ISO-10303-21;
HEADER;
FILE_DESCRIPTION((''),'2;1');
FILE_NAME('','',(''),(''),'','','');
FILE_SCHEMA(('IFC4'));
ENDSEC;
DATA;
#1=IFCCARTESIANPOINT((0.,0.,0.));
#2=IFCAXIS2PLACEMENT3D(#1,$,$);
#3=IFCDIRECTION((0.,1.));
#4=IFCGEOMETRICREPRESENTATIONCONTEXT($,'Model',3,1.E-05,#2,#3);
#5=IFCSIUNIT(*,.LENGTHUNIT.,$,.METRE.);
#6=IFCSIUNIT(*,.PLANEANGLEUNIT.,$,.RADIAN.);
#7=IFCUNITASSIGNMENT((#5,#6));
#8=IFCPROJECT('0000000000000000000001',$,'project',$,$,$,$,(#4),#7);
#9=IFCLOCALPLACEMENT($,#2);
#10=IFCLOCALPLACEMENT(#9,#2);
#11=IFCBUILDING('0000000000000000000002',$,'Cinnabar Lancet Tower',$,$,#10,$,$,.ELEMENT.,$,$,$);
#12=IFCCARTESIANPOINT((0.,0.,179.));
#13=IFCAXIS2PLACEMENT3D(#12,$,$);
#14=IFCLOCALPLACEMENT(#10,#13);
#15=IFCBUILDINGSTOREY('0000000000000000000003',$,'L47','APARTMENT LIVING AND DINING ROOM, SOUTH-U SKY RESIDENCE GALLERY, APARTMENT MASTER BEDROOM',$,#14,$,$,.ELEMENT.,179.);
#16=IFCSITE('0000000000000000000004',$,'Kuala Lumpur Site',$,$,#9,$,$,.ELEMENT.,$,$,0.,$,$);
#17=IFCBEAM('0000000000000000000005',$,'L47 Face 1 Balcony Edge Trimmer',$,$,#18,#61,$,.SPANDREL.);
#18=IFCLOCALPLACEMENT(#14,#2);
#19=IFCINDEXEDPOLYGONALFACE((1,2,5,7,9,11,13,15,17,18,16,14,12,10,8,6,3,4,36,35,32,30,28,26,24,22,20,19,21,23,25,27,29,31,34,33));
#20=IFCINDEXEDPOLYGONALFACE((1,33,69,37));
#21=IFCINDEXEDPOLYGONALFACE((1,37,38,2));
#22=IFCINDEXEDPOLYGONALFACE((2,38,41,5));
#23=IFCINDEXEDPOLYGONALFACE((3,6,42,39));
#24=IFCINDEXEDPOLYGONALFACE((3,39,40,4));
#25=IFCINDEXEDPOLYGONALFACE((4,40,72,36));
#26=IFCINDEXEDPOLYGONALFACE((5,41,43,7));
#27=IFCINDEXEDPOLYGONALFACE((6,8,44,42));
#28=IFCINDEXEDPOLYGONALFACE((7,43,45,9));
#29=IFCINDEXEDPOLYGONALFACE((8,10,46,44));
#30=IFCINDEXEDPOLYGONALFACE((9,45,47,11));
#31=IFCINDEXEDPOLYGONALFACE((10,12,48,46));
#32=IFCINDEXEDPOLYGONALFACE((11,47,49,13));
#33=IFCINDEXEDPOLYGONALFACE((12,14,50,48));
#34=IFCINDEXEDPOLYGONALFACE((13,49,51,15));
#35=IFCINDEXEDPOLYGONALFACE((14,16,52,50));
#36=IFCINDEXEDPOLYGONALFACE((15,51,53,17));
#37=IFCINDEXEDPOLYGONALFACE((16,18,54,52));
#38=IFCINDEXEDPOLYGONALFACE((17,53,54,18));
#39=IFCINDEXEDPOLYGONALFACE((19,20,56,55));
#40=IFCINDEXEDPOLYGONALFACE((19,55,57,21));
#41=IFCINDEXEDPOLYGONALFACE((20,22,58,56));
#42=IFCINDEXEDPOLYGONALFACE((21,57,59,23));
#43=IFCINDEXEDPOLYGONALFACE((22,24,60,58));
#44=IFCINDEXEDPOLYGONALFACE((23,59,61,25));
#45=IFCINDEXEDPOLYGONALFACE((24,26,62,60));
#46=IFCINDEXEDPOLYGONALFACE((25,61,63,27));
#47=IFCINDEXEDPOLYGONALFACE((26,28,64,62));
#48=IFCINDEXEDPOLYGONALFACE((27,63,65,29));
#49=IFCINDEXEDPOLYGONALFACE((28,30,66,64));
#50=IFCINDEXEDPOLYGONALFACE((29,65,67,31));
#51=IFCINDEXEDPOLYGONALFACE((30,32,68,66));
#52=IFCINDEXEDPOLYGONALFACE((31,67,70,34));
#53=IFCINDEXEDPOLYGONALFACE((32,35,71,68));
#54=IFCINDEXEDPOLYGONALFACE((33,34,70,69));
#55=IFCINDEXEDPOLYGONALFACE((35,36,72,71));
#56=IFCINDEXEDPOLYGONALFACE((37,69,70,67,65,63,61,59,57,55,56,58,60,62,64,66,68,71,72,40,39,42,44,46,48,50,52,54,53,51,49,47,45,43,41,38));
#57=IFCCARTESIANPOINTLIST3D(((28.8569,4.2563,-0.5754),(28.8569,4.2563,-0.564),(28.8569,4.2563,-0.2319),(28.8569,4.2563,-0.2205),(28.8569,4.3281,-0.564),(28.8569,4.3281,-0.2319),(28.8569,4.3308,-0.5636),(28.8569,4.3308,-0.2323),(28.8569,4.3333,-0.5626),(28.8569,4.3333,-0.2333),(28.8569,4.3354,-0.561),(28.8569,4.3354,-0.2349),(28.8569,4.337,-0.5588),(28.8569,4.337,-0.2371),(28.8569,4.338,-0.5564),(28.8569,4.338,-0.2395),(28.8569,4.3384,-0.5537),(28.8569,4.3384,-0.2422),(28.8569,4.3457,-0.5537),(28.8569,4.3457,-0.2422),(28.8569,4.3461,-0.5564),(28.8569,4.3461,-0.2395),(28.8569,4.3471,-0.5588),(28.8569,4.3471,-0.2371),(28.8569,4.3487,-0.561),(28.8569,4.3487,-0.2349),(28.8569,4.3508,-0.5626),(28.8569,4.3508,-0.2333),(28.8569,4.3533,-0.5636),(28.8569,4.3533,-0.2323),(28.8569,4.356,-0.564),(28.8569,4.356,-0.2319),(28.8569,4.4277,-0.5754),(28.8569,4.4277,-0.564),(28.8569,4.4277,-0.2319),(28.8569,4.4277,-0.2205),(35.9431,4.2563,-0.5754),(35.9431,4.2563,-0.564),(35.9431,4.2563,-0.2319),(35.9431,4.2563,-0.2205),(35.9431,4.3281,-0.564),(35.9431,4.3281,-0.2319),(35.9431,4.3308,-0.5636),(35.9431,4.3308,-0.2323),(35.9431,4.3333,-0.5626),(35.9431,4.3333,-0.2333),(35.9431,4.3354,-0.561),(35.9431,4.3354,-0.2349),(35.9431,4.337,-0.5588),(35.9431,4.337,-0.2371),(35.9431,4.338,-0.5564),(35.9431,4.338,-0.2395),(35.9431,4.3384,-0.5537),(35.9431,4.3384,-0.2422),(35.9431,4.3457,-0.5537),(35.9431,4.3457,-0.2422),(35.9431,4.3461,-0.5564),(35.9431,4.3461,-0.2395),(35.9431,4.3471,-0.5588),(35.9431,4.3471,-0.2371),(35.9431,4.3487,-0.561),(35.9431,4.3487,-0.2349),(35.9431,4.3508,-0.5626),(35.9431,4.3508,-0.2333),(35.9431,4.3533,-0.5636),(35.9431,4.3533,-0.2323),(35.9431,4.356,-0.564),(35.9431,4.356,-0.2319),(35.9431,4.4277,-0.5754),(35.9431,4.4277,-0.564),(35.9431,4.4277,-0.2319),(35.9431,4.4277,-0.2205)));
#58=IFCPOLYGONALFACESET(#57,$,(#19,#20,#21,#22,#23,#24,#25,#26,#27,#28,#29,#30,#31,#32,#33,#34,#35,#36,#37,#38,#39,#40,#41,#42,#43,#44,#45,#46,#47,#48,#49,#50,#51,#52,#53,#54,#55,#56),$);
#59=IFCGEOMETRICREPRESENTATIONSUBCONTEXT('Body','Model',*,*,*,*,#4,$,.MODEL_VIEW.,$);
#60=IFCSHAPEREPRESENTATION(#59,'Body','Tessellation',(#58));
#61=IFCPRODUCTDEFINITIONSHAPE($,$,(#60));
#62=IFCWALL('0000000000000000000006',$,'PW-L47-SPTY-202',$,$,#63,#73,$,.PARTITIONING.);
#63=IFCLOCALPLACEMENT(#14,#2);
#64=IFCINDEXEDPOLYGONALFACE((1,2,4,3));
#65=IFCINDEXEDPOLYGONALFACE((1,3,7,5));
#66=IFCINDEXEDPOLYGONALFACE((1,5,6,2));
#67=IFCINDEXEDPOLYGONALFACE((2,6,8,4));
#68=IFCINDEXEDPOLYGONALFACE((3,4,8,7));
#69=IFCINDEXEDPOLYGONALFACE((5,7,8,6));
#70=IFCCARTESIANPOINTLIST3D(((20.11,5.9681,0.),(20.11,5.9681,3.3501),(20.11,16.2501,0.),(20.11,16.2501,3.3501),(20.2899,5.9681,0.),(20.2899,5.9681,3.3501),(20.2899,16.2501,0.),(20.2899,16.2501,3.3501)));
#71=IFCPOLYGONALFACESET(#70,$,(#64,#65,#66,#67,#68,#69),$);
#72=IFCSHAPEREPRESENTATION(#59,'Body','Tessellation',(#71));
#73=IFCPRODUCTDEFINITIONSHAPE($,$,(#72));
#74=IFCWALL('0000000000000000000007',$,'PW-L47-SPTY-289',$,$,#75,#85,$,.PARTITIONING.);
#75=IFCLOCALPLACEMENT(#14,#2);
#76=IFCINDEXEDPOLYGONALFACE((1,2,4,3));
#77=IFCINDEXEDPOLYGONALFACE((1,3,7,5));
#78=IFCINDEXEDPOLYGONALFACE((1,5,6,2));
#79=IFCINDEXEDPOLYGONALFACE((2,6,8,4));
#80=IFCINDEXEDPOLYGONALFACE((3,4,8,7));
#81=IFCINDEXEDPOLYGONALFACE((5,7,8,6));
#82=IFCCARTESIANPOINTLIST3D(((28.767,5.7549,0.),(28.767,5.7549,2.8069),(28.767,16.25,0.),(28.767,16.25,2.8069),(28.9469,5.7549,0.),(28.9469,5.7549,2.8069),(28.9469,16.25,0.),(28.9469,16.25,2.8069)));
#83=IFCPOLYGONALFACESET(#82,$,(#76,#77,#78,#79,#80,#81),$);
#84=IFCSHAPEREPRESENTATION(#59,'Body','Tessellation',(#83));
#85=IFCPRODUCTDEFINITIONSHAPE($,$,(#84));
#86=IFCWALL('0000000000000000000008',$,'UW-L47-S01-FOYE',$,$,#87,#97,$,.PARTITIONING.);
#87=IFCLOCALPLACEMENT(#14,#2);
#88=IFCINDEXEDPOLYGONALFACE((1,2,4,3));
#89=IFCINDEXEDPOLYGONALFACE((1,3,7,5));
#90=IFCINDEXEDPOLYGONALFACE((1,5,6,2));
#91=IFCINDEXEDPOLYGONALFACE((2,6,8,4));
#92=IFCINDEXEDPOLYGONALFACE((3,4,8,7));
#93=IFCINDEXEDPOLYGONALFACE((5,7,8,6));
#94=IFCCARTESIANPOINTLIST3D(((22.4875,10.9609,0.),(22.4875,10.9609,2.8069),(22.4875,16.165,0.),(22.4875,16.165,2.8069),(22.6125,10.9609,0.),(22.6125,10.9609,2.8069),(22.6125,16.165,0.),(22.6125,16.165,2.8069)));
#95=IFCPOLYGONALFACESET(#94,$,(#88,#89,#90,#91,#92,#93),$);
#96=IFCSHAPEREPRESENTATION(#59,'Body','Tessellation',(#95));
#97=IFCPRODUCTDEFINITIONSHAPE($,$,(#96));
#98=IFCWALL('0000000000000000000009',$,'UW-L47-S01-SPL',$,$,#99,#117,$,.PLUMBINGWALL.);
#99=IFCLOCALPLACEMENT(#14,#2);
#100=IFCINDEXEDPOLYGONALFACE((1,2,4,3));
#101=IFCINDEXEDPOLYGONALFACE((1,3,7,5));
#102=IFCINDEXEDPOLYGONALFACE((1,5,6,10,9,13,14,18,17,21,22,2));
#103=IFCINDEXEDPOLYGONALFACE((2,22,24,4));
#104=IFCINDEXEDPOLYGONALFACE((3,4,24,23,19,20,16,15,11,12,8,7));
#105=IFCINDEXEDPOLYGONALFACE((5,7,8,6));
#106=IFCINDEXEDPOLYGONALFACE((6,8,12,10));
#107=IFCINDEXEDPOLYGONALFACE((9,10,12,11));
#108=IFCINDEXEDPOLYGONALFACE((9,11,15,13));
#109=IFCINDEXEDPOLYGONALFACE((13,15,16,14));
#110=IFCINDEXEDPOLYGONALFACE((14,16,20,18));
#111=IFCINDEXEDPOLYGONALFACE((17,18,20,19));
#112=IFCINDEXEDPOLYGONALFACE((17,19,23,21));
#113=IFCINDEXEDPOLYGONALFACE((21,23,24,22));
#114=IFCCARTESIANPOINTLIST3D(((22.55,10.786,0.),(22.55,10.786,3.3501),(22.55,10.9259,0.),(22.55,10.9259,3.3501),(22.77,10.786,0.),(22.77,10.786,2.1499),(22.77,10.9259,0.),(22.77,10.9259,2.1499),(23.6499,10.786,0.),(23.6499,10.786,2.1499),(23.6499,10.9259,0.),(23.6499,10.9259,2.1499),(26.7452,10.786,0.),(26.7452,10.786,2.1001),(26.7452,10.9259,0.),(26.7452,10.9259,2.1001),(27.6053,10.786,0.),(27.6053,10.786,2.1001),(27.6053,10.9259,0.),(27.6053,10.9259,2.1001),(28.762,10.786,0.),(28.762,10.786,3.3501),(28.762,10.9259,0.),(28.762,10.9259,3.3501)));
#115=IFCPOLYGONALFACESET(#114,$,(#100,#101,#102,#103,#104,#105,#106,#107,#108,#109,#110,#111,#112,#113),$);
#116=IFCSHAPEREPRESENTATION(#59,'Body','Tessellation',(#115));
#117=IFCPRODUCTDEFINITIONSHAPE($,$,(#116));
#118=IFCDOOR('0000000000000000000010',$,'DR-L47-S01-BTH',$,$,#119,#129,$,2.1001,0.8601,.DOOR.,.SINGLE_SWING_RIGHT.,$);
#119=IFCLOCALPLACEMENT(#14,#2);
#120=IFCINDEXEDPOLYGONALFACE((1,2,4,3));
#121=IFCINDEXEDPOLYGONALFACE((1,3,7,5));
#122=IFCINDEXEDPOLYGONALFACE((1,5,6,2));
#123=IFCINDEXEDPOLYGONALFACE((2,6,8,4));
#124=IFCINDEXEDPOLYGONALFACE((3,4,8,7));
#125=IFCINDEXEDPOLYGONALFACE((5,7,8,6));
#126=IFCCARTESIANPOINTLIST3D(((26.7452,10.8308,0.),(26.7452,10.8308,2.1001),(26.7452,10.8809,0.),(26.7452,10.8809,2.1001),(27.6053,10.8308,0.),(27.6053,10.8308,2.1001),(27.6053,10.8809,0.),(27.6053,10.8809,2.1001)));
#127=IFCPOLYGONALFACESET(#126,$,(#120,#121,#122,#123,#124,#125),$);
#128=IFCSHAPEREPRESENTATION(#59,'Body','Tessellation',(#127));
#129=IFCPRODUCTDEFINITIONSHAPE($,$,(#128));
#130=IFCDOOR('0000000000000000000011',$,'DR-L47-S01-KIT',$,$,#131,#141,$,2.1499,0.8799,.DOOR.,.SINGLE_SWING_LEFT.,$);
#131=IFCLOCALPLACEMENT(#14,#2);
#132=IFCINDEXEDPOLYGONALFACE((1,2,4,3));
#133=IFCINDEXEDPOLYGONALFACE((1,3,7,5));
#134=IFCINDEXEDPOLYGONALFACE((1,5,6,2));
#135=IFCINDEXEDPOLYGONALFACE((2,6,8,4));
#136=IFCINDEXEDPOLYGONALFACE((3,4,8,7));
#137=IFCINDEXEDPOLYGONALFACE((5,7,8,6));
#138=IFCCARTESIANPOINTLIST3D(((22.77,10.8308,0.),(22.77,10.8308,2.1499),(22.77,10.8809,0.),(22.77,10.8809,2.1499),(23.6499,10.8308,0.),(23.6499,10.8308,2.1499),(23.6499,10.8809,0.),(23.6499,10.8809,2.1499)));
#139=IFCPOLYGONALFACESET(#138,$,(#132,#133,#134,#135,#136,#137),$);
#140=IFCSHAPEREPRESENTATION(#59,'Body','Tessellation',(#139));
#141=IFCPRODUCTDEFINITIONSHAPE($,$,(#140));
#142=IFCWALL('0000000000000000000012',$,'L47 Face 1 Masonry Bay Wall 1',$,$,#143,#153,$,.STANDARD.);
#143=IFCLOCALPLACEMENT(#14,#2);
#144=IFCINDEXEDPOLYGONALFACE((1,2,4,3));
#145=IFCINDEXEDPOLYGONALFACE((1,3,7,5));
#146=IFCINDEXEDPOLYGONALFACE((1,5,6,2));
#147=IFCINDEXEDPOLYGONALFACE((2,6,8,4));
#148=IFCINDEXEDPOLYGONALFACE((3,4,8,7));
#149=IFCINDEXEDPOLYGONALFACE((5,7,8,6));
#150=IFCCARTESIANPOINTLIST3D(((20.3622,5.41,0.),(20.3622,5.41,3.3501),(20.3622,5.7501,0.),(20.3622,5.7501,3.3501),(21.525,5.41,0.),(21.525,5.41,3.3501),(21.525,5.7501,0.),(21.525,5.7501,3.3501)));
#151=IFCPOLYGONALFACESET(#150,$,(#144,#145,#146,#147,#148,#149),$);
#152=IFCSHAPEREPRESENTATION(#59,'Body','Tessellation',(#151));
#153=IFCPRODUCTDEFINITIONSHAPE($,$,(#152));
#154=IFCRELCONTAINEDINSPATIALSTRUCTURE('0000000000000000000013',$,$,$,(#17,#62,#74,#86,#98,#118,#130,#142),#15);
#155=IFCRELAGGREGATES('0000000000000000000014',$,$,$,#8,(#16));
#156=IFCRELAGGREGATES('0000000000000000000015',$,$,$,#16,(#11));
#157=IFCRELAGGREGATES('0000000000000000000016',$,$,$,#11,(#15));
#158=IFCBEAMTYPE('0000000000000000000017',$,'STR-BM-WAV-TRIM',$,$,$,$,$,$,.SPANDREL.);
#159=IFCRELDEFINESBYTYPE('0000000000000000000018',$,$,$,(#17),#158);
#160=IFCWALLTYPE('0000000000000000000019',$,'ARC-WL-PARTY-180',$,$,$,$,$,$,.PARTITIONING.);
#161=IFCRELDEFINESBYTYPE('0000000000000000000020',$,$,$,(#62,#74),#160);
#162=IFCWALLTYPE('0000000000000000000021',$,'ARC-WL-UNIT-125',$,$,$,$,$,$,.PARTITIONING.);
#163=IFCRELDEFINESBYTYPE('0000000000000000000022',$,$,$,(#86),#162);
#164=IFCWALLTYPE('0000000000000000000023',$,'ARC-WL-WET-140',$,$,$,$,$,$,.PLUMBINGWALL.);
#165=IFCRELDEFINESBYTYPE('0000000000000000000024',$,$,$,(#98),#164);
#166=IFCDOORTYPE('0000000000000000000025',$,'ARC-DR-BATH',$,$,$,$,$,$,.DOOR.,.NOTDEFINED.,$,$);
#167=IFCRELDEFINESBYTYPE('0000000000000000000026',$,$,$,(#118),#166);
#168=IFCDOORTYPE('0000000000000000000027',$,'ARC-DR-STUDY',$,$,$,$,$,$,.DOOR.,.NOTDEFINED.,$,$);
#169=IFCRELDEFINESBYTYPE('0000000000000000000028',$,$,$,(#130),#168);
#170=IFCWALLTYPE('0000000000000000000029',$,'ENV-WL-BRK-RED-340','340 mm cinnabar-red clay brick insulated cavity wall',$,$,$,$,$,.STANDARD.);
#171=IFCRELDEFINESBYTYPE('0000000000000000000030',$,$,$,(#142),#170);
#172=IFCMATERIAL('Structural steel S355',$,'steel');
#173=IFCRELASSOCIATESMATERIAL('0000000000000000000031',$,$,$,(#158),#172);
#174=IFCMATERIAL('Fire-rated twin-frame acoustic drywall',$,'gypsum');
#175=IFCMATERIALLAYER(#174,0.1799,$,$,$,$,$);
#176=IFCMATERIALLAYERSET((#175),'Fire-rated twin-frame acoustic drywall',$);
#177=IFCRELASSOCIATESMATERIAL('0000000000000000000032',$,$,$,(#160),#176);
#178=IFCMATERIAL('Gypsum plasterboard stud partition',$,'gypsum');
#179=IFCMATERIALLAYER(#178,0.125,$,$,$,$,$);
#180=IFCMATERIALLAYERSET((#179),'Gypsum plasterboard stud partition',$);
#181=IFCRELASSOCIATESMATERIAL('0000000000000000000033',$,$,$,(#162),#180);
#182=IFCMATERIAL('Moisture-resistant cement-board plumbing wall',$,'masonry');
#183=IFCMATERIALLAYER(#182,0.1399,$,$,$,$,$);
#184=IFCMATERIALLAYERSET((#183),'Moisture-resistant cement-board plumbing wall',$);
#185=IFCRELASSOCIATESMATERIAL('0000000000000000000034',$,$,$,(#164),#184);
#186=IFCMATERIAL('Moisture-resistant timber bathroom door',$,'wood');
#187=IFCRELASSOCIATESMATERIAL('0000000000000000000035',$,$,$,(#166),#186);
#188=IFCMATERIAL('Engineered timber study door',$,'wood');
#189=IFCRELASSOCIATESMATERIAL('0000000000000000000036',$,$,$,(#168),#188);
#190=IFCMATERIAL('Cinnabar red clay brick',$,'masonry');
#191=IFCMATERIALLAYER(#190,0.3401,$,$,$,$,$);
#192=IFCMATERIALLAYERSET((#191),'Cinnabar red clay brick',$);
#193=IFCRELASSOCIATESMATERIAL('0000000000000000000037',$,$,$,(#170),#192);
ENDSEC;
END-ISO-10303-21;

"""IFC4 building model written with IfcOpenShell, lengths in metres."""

from ifc_helpers import new_model, si_unit, direction, frame, frame_2d, origin, origin_2d, place, context, subcontext, project, spatial, rectangle, i_section, extrude, material, layer, layer_set, material_profile, profile_set, type_object, element, fill, save


model = new_model("IFC4")

# Units and contexts
model_context = context("Model", 3, precision=1e-05, world=origin(), true_north=direction((0.0, 1.0)))
body_context = subcontext(model_context, "Body", "Model", "MODEL_VIEW")
ifc_project = project(units=[si_unit("LENGTHUNIT", "METRE"), si_unit("PLANEANGLEUNIT", "RADIAN")], contexts=[model_context])

# Site, building, storey
site_placement = place(None, origin())
site = spatial("IfcSite", under=ifc_project, at=site_placement, Name="Kuala Lumpur Site", CompositionType="ELEMENT", RefElevation=0.0)
building_placement = place(site_placement, origin())
building = spatial("IfcBuilding", under=site, at=building_placement, Name="Cinnabar Lancet Tower", CompositionType="ELEMENT")
storey_placement = place(building_placement, frame((0.0, 0.0, 179.0)))
storey = spatial("IfcBuildingStorey", under=building, at=storey_placement, Name="L47", Description="APARTMENT LIVING AND DINING ROOM, SOUTH-U SKY RESIDENCE GALLERY, APARTMENT MASTER BEDROOM", CompositionType="ELEMENT", Elevation=179.0)

# Beam
ifc_material_1 = material(Name="Structural steel S355", Category="steel")
ifc_material_profile_1 = material_profile(ifc_material_1, i_section(OverallWidth=0.1714, OverallDepth=0.355, WebThickness=0.0073, FlangeThickness=0.0115, FilletRadius=0.0103, at=origin_2d()), Name="UKB 356x171x51")
ifc_profile_set_1 = profile_set([ifc_material_profile_1], Name="Structural steel S355")
beam_type_1 = type_object("IfcBeamType", Name="STR-BM-WAV-TRIM", PredefinedType="SPANDREL", material=ifc_profile_set_1)
beam_1_placement = place(storey_placement, frame((28.8569, 4.342, -0.3979), z_axis=(1.0, 0.0, 0.0), x_axis=(0.0, 1.0, 0.0)))
element("IfcBeam", 1, at=beam_1_placement, inside=storey, type_object=beam_type_1, Name="L47 Face 1 Balcony Edge Trimmer", PredefinedType="SPANDREL", context=body_context, shape_type="SweptSolid", body=[
    extrude(i_section(OverallWidth=0.1714, OverallDepth=0.355, WebThickness=0.0073, FlangeThickness=0.0115, FilletRadius=0.0103, at=origin_2d()), origin(), (0.0, 0.0, 1.0), 7.0862),
])

# Walls
ifc_material_2 = material(Name="Fire-rated twin-frame acoustic drywall", Category="gypsum")
ifc_layer_1 = layer(ifc_material_2, 0.1799)
ifc_layer_set_1 = layer_set([ifc_layer_1], Name="Fire-rated twin-frame acoustic drywall")
wall_type_1 = type_object("IfcWallType", Name="ARC-WL-PARTY-180", PredefinedType="PARTITIONING", material=ifc_layer_set_1)
wall_1_placement = place(storey_placement, frame((20.2, 5.968, 0.0), z_axis=(0.0, 0.0, 1.0), x_axis=(0.0, 1.0, 0.0)))
element("IfcWall", 2, at=wall_1_placement, inside=storey, type_object=wall_type_1, Name="PW-L47-SPTY-202", PredefinedType="PARTITIONING", context=body_context, shape_type="SweptSolid", body=[
    extrude(rectangle(XDim=10.282, YDim=0.1799, at=frame_2d((5.1411, 0.0))), origin(), (0.0, 0.0, 1.0), 3.3501),
])
wall_2_placement = place(storey_placement, frame((28.8569, 5.7549, 0.0), z_axis=(0.0, 0.0, 1.0), x_axis=(0.0, 1.0, 0.0)))
element("IfcWall", 3, at=wall_2_placement, inside=storey, type_object=wall_type_1, Name="PW-L47-SPTY-289", PredefinedType="PARTITIONING", context=body_context, shape_type="SweptSolid", body=[
    extrude(rectangle(XDim=10.4951, YDim=0.1799, at=frame_2d((5.2476, 0.0))), origin(), (0.0, 0.0, 1.0), 2.8069),
])
ifc_material_3 = material(Name="Gypsum plasterboard stud partition", Category="gypsum")
ifc_layer_2 = layer(ifc_material_3, 0.125)
ifc_layer_set_2 = layer_set([ifc_layer_2], Name="Gypsum plasterboard stud partition")
wall_type_2 = type_object("IfcWallType", Name="ARC-WL-UNIT-125", PredefinedType="PARTITIONING", material=ifc_layer_set_2)
wall_3_placement = place(storey_placement, frame((22.55, 10.9609, 0.0), z_axis=(0.0, 0.0, 1.0), x_axis=(0.0, 1.0, 0.0)))
element("IfcWall", 4, at=wall_3_placement, inside=storey, type_object=wall_type_2, Name="UW-L47-S01-FOYE", PredefinedType="PARTITIONING", context=body_context, shape_type="SweptSolid", body=[
    extrude(rectangle(XDim=5.2041, YDim=0.125, at=frame_2d((2.6021, 0.0))), origin(), (0.0, 0.0, 1.0), 2.8069),
])

# Wall, openings, doors
ifc_material_4 = material(Name="Moisture-resistant cement-board plumbing wall", Category="masonry")
ifc_layer_3 = layer(ifc_material_4, 0.1399)
ifc_layer_set_3 = layer_set([ifc_layer_3], Name="Moisture-resistant cement-board plumbing wall")
wall_type_3 = type_object("IfcWallType", Name="ARC-WL-WET-140", PredefinedType="PLUMBINGWALL", material=ifc_layer_set_3)
wall_4_placement = place(storey_placement, frame((22.55, 10.856, 0.0), z_axis=(0.0, 0.0, 1.0), x_axis=(1.0, 0.0, 0.0)))
wall_4 = element("IfcWall", 5, at=wall_4_placement, inside=storey, type_object=wall_type_3, Name="UW-L47-S01-SPL", PredefinedType="PLUMBINGWALL", context=body_context, shape_type="SweptSolid", body=[
    extrude(rectangle(XDim=6.2119, YDim=0.1399, at=frame_2d((3.106, 0.0))), origin(), (0.0, 0.0, 1.0), 3.3501),
])
opening_1_placement = place(wall_4_placement, frame((4.1951, 0.0, 0.0)))
opening_1 = element("IfcOpeningElement", 6, at=opening_1_placement, cuts=wall_4, PredefinedType="OPENING", context=body_context, shape_type="SweptSolid", body=[
    extrude(rectangle(XDim=0.8601, YDim=2.1001, at=frame_2d((0.4302, 1.05))), frame((0.0, 0.0798, 0.0), z_axis=(0.0, -1.0, 0.0), x_axis=(1.0, 0.0, 0.0)), (0.0, 0.0, 1.0), 0.1599),
])
opening_2_placement = place(wall_4_placement, frame((0.22, 0.0, 0.0)))
opening_2 = element("IfcOpeningElement", 7, at=opening_2_placement, cuts=wall_4, PredefinedType="OPENING", context=body_context, shape_type="SweptSolid", body=[
    extrude(rectangle(XDim=0.8799, YDim=2.1499, at=frame_2d((0.4399, 1.075))), frame((0.0, 0.0798, 0.0), z_axis=(0.0, -1.0, 0.0), x_axis=(1.0, 0.0, 0.0)), (0.0, 0.0, 1.0), 0.1599),
])
ifc_material_5 = material(Name="Moisture-resistant timber bathroom door", Category="wood")
door_type_1 = type_object("IfcDoorType", Name="ARC-DR-BATH", OperationType="NOTDEFINED", PredefinedType="DOOR", material=ifc_material_5)
door_1_placement = place(opening_1_placement, origin())
door_1 = element("IfcDoor", 8, at=door_1_placement, inside=storey, type_object=door_type_1, Name="DR-L47-S01-BTH", OperationType="SINGLE_SWING_RIGHT", OverallHeight=2.1001, OverallWidth=0.8601, PredefinedType="DOOR", context=body_context, shape_type="SweptSolid", body=[
    extrude(rectangle(XDim=0.8601, YDim=2.1001, at=frame_2d((0.4302, 1.05))), frame((0.0, 0.0249, 0.0), z_axis=(0.0, -1.0, 0.0), x_axis=(1.0, 0.0, 0.0)), (0.0, 0.0, 1.0), 0.05),
])
fill(opening_1, door_1)
ifc_material_6 = material(Name="Engineered timber study door", Category="wood")
door_type_2 = type_object("IfcDoorType", Name="ARC-DR-STUDY", OperationType="NOTDEFINED", PredefinedType="DOOR", material=ifc_material_6)
door_2_placement = place(opening_2_placement, origin())
door_2 = element("IfcDoor", 9, at=door_2_placement, inside=storey, type_object=door_type_2, Name="DR-L47-S01-KIT", OperationType="SINGLE_SWING_LEFT", OverallHeight=2.1499, OverallWidth=0.8799, PredefinedType="DOOR", context=body_context, shape_type="SweptSolid", body=[
    extrude(rectangle(XDim=0.8799, YDim=2.1499, at=frame_2d((0.4399, 1.075))), frame((0.0, 0.0249, 0.0), z_axis=(0.0, -1.0, 0.0), x_axis=(1.0, 0.0, 0.0)), (0.0, 0.0, 1.0), 0.05),
])
fill(opening_2, door_2)

# Wall
ifc_material_7 = material(Name="Cinnabar red clay brick", Category="masonry")
ifc_layer_4 = layer(ifc_material_7, 0.3401)
ifc_layer_set_4 = layer_set([ifc_layer_4], Name="Cinnabar red clay brick")
wall_type_4 = type_object("IfcWallType", Name="ENV-WL-BRK-RED-340", Description="340 mm cinnabar-red clay brick insulated cavity wall", PredefinedType="STANDARD", material=ifc_layer_set_4)
wall_5_placement = place(storey_placement, frame((20.3621, 5.5801, 0.0), z_axis=(0.0, 0.0, 1.0), x_axis=(1.0, 0.0, 0.0)))
element("IfcWall", 10, at=wall_5_placement, inside=storey, type_object=wall_type_4, Name="L47 Face 1 Masonry Bay Wall 1", PredefinedType="STANDARD", context=body_context, shape_type="SweptSolid", body=[
    extrude(rectangle(XDim=1.1628, YDim=0.3401, at=frame_2d((0.5815, 0.0))), origin(), (0.0, 0.0, 1.0), 3.3501),
])

save(model, "model.ifc")
